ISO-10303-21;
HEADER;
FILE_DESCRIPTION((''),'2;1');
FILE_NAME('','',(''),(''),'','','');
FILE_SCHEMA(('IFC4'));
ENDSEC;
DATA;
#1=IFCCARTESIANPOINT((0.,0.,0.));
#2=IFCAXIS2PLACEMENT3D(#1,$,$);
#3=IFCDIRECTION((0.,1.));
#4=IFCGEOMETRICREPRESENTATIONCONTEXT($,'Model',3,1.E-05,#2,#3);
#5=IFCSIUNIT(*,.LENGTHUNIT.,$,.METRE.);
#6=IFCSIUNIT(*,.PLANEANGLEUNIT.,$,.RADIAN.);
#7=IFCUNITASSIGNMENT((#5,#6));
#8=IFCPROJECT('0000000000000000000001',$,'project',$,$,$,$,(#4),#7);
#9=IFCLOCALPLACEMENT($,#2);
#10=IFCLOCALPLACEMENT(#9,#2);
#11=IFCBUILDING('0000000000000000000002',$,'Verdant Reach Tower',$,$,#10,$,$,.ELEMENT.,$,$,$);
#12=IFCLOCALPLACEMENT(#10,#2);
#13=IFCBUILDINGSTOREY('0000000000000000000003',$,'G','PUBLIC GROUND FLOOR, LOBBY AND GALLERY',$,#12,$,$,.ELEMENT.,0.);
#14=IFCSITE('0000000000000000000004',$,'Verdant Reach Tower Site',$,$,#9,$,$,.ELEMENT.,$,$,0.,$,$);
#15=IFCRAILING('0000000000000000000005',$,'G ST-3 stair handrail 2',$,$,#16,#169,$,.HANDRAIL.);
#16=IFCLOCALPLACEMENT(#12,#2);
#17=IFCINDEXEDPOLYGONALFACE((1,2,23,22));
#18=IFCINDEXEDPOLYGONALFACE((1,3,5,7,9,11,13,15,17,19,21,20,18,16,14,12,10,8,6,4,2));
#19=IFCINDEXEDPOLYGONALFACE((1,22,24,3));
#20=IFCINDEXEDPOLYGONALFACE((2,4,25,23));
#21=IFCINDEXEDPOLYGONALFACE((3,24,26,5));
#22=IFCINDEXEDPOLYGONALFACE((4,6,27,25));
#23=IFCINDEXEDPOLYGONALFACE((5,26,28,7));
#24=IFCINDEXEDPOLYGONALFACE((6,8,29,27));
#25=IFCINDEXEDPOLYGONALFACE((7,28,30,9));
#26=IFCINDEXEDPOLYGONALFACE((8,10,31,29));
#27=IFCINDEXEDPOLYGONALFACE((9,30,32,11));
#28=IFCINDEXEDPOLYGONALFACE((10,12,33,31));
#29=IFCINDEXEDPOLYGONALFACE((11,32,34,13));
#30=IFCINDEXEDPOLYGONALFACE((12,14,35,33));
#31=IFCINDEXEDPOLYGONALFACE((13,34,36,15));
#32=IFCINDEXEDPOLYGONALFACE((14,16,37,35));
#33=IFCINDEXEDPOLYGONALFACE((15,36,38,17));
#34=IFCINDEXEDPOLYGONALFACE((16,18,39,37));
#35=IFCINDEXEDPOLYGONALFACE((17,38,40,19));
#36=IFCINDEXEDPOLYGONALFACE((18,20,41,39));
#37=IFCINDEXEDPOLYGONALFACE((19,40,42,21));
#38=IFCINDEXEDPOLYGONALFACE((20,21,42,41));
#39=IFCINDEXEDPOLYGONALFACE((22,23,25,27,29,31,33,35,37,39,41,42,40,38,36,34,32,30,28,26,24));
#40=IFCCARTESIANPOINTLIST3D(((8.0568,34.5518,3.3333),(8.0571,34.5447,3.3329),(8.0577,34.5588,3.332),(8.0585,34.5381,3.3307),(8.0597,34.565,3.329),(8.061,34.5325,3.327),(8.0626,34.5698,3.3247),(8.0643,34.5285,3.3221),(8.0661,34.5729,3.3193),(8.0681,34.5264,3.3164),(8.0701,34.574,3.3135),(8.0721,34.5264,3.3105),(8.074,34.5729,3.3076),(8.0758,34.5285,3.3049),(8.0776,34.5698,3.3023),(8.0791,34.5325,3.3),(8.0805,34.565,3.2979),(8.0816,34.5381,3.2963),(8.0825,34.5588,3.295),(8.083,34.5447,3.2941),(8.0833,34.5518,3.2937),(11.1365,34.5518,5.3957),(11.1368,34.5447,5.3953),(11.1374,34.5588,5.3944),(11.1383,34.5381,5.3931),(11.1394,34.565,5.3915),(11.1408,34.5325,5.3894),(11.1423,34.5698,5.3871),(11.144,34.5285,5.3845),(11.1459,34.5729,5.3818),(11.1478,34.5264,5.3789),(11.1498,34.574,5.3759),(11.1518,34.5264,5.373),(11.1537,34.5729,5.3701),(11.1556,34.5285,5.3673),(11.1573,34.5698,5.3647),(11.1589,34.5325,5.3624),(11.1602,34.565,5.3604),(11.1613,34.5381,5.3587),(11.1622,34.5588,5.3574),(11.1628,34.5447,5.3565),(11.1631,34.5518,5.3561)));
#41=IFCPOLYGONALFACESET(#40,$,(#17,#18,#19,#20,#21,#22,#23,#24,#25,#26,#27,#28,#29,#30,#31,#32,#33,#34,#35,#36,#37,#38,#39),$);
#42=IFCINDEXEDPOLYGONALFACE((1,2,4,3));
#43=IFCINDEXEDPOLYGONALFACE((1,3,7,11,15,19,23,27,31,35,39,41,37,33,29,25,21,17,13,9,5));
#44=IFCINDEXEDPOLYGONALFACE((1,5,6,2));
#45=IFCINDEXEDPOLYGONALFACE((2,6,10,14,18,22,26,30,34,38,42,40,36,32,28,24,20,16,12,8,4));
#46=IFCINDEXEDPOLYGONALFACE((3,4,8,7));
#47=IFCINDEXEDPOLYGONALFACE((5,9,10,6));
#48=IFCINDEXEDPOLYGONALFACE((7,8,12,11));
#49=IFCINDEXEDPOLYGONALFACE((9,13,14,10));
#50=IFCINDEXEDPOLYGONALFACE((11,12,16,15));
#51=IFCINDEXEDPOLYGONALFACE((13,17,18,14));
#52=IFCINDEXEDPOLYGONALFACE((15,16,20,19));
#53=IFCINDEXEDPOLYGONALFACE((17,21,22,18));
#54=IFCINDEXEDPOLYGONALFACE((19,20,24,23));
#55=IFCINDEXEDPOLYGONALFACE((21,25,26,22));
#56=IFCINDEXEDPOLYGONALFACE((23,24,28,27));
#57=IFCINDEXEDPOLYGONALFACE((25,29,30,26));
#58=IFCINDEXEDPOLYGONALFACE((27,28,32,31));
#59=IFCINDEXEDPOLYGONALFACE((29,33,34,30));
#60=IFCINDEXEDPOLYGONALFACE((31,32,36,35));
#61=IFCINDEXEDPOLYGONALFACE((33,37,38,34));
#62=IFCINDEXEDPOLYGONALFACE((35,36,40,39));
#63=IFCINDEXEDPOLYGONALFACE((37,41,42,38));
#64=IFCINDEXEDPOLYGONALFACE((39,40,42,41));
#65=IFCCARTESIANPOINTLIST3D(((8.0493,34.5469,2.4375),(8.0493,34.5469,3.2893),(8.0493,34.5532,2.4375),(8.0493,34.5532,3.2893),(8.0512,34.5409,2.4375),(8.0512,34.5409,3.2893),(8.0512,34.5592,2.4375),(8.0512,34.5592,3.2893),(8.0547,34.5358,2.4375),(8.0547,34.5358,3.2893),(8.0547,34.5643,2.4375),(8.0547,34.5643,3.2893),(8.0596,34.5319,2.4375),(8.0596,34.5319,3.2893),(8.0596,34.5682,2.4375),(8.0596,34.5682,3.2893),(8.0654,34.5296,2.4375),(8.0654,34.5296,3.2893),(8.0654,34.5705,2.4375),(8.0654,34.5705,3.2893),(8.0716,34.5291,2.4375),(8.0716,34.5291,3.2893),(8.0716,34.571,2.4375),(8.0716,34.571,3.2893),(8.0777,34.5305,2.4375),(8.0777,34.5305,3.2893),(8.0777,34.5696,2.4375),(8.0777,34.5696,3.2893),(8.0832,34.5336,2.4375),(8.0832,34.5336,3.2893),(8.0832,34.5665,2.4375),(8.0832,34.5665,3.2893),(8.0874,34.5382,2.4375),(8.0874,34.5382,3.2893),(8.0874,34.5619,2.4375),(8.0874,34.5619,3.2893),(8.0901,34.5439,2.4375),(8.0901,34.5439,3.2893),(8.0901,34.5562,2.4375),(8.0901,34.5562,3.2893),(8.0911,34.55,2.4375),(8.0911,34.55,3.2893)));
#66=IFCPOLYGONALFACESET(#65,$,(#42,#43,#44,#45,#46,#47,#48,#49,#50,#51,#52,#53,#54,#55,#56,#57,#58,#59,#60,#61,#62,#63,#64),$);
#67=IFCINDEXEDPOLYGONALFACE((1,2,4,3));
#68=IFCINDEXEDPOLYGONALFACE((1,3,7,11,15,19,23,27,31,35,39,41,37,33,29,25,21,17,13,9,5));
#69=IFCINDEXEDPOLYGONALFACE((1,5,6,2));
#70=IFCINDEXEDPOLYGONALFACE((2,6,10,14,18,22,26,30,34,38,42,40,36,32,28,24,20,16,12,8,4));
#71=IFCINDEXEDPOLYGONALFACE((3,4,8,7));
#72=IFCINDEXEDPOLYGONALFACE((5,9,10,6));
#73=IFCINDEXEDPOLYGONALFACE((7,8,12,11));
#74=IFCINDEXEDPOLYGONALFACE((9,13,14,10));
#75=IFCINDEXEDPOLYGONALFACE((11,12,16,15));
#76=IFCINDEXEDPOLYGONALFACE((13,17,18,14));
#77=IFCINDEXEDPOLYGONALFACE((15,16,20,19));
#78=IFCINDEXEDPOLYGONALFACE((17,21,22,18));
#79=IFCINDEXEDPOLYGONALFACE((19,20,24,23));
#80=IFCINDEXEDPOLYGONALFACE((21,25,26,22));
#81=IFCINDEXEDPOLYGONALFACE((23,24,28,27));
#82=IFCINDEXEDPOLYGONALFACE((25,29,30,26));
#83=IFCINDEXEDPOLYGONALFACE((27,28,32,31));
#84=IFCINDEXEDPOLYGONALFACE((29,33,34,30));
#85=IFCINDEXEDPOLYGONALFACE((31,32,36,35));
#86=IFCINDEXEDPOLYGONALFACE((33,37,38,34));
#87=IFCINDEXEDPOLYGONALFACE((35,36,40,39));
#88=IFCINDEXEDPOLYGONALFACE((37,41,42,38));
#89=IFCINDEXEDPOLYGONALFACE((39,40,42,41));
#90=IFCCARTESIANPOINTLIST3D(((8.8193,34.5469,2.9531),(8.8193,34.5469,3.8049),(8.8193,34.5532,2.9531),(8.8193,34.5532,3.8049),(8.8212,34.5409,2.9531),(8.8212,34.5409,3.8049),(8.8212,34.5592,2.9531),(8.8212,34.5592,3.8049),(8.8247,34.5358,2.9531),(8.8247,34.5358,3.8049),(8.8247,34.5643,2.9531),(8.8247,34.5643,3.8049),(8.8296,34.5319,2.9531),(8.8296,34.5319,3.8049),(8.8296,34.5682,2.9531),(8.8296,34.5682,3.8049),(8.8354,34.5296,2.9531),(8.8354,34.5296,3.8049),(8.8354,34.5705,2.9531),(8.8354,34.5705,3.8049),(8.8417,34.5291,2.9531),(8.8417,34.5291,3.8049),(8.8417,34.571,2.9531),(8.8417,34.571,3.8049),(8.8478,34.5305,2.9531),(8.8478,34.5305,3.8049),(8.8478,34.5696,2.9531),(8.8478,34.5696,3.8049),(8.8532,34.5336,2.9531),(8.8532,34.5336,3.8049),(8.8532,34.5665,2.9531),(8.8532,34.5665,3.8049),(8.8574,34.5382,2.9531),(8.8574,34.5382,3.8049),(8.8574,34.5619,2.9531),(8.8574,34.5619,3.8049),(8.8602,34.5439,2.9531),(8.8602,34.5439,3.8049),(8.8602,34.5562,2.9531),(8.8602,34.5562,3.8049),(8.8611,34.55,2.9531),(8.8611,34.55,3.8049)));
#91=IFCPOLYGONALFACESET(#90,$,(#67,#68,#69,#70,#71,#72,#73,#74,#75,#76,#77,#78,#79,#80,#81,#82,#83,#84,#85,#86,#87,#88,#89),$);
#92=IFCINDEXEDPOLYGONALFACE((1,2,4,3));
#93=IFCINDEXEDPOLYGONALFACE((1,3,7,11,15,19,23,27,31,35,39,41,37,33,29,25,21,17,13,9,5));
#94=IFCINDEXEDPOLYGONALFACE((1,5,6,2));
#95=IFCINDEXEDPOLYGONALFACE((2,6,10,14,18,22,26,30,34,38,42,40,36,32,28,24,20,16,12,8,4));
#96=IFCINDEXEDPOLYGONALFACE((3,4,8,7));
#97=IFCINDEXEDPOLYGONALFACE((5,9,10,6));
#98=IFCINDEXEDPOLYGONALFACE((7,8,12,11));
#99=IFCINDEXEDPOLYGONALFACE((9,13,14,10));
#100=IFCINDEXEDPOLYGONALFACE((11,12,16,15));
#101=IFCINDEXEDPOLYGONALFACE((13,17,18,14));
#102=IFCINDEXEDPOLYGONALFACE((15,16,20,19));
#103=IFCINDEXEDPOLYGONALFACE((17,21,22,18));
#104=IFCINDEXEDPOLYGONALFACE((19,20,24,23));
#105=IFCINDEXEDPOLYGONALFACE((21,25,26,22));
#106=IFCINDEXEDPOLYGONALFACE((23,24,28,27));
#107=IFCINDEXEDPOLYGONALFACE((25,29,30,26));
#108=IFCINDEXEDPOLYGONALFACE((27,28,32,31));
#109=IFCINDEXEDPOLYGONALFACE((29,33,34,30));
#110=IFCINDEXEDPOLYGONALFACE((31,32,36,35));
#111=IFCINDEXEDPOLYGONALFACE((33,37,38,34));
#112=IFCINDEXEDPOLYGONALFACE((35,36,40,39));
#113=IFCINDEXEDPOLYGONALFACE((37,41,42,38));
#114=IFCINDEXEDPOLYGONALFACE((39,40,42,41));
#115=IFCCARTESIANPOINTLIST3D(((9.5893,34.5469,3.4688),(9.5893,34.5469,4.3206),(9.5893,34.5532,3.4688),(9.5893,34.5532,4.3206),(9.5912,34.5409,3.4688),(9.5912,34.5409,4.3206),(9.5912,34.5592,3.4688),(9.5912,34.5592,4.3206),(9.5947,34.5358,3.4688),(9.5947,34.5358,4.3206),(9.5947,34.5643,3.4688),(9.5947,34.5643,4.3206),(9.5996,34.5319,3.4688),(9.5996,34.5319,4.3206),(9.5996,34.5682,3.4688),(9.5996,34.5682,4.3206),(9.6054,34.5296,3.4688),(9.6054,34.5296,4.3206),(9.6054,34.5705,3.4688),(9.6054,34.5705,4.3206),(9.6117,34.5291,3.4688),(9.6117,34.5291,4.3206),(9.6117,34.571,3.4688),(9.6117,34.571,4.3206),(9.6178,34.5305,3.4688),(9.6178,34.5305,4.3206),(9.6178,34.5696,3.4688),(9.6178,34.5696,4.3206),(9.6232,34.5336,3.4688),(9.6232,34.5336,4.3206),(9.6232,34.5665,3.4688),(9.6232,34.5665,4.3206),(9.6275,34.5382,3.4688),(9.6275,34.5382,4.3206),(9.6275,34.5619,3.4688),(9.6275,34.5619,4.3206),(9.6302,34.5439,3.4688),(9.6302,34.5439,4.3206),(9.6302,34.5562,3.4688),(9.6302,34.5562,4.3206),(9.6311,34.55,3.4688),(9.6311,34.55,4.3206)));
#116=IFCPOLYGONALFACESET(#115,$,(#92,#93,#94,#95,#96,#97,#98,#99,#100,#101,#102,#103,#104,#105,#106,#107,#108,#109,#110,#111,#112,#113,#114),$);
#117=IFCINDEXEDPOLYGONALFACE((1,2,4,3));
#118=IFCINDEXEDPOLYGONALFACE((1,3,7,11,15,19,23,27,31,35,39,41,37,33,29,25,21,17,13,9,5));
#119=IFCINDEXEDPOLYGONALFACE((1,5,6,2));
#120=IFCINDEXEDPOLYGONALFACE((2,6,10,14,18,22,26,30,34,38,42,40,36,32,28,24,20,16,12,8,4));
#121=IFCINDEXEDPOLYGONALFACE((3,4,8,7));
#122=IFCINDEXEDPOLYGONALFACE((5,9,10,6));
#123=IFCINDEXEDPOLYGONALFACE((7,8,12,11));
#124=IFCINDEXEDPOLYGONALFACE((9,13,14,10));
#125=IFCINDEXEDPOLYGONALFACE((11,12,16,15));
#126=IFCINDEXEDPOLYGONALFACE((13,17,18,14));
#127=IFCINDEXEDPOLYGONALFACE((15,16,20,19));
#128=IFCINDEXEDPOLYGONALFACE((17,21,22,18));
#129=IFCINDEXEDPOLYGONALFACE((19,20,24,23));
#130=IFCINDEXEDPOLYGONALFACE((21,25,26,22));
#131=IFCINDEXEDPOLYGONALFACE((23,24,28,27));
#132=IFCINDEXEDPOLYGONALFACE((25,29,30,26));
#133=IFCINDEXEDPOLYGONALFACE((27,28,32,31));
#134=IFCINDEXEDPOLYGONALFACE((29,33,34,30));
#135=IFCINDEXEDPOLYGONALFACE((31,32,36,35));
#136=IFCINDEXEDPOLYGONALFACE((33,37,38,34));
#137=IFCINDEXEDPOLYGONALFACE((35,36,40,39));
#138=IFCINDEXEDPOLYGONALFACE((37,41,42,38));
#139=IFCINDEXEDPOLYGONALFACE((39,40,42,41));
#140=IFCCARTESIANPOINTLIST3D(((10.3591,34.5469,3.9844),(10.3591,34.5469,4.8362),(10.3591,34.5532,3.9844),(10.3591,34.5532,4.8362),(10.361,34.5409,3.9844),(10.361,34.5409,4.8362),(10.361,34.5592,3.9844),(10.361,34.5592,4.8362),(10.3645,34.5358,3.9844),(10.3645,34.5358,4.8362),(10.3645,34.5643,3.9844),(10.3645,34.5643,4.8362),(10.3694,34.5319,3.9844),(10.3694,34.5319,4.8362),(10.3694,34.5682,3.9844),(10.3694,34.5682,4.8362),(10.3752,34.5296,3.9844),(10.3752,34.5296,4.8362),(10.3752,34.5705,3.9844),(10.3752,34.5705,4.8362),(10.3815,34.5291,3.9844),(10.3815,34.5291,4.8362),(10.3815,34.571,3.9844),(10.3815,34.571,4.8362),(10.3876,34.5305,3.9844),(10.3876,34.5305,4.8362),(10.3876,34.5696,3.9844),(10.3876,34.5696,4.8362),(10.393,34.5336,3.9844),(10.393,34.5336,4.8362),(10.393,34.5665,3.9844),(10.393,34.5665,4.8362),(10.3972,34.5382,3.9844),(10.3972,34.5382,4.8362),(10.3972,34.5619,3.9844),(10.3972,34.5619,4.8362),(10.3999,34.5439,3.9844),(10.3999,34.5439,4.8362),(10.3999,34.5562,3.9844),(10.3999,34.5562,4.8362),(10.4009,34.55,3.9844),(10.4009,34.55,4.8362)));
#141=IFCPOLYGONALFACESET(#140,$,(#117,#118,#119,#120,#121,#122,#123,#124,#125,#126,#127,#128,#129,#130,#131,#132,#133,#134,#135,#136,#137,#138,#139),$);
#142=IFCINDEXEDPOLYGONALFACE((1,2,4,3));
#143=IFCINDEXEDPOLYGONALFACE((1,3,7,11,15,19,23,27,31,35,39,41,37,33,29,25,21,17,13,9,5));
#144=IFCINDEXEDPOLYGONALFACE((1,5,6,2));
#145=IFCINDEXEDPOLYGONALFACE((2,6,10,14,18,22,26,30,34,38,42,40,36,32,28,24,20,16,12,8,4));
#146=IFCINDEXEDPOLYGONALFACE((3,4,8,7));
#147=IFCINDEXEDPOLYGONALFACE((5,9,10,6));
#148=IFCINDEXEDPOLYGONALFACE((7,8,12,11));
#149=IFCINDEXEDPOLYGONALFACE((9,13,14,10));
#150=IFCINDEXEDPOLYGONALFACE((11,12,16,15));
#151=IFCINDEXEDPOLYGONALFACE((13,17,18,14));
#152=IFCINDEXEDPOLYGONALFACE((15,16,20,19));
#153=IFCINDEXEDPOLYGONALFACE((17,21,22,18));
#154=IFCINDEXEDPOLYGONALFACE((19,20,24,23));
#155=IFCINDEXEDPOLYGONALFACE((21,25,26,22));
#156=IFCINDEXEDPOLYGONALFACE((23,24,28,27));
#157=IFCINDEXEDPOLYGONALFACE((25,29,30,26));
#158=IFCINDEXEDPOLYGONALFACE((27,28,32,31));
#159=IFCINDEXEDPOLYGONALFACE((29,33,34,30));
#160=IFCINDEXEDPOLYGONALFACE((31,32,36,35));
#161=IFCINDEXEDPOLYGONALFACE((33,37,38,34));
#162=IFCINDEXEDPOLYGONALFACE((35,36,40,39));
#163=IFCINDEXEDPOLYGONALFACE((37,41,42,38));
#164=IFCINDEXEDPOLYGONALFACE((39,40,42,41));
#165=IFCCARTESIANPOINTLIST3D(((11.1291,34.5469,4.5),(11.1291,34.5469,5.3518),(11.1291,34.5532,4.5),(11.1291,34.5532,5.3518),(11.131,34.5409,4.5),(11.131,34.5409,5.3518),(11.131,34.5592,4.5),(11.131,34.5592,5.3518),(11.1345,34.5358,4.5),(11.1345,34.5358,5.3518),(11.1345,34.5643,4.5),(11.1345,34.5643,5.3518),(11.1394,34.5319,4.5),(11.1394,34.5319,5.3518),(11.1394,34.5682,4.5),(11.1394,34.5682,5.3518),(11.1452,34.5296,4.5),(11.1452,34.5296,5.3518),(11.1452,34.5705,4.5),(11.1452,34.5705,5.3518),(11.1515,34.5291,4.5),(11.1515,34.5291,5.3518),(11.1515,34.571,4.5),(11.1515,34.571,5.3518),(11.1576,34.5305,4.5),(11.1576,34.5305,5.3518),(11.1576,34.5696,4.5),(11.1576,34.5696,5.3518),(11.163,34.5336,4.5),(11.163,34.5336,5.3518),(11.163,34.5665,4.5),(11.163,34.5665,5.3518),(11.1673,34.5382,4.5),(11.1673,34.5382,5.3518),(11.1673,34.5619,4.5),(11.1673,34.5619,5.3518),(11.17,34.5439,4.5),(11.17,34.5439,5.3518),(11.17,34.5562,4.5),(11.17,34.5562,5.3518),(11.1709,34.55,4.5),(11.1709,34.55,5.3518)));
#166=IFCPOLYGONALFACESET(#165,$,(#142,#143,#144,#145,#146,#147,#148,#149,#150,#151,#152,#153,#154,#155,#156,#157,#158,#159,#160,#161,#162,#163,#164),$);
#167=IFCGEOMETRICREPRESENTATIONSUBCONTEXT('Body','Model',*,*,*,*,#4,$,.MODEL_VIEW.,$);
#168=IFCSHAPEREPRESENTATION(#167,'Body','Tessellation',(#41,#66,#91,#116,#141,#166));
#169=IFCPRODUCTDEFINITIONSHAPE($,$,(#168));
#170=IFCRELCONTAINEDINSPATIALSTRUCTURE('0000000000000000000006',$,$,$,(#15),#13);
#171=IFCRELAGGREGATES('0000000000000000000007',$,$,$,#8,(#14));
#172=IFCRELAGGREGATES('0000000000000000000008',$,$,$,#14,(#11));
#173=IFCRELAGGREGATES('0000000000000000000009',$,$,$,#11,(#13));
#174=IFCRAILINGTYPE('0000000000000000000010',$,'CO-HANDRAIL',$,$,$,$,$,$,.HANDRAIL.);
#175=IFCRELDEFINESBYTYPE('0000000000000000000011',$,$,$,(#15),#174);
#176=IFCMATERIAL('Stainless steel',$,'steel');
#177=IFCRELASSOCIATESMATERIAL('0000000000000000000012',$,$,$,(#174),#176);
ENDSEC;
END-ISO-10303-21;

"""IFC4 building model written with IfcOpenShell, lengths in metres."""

from ifc_helpers import new_model, si_unit, direction, frame, origin, origin_2d, place, context, subcontext, project, spatial, circle, extrude, material, type_object, element, save


model = new_model("IFC4")

# Units and contexts
model_context = context("Model", 3, precision=1e-05, world=origin(), true_north=direction((0.0, 1.0)))
body_context = subcontext(model_context, "Body", "Model", "MODEL_VIEW")
ifc_project = project(units=[si_unit("LENGTHUNIT", "METRE"), si_unit("PLANEANGLEUNIT", "RADIAN")], contexts=[model_context])

# Site, building, storey
site_placement = place(None, origin())
site = spatial("IfcSite", under=ifc_project, at=site_placement, Name="Verdant Reach Tower Site", CompositionType="ELEMENT", RefElevation=0.0)
building_placement = place(site_placement, origin())
building = spatial("IfcBuilding", under=site, at=building_placement, Name="Verdant Reach Tower", CompositionType="ELEMENT")
storey_placement = place(building_placement, origin())
storey = spatial("IfcBuildingStorey", under=building, at=storey_placement, Name="G", Description="PUBLIC GROUND FLOOR, LOBBY AND GALLERY", CompositionType="ELEMENT", Elevation=0.0)

# Railing
ifc_material_1 = material(Name="Stainless steel", Category="steel")
railing_type_1 = type_object("IfcRailingType", Name="CO-HANDRAIL", PredefinedType="HANDRAIL", material=ifc_material_1)
for number, where, name in (
    (1, (8.0701, 34.55, 2.4375), "G ST-3 stair handrail 2"),
):
    element("IfcRailing", number, at=place(storey_placement, frame(where)), inside=storey, type_object=railing_type_1, Name=name, PredefinedType="HANDRAIL", context=body_context, shape_type="SweptSolid", body=[
        extrude(circle(Radius=0.0239, at=origin_2d()), frame((0.0, 0.0, 0.876), z_axis=(0.830893, 0.0, 0.556432), x_axis=(0.0, 1.0, 0.0)), (0.0, 0.0, 1.0), 3.7065),
        extrude(circle(Radius=0.021, at=origin_2d()), origin(), (0.0, 0.0, 1.0), 0.8518),
        extrude(circle(Radius=0.021, at=origin_2d()), frame((0.77, 0.0, 0.5156)), (0.0, 0.0, 1.0), 0.8518),
        extrude(circle(Radius=0.021, at=origin_2d()), frame((1.54, 0.0, 1.0312)), (0.0, 0.0, 1.0), 0.8518),
        extrude(circle(Radius=0.021, at=origin_2d()), frame((2.3098, 0.0, 1.5469)), (0.0, 0.0, 1.0), 0.8518),
        extrude(circle(Radius=0.021, at=origin_2d()), frame((3.0798, 0.0, 2.0625)), (0.0, 0.0, 1.0), 0.8518),
    ])

save(model, "model.ifc")
